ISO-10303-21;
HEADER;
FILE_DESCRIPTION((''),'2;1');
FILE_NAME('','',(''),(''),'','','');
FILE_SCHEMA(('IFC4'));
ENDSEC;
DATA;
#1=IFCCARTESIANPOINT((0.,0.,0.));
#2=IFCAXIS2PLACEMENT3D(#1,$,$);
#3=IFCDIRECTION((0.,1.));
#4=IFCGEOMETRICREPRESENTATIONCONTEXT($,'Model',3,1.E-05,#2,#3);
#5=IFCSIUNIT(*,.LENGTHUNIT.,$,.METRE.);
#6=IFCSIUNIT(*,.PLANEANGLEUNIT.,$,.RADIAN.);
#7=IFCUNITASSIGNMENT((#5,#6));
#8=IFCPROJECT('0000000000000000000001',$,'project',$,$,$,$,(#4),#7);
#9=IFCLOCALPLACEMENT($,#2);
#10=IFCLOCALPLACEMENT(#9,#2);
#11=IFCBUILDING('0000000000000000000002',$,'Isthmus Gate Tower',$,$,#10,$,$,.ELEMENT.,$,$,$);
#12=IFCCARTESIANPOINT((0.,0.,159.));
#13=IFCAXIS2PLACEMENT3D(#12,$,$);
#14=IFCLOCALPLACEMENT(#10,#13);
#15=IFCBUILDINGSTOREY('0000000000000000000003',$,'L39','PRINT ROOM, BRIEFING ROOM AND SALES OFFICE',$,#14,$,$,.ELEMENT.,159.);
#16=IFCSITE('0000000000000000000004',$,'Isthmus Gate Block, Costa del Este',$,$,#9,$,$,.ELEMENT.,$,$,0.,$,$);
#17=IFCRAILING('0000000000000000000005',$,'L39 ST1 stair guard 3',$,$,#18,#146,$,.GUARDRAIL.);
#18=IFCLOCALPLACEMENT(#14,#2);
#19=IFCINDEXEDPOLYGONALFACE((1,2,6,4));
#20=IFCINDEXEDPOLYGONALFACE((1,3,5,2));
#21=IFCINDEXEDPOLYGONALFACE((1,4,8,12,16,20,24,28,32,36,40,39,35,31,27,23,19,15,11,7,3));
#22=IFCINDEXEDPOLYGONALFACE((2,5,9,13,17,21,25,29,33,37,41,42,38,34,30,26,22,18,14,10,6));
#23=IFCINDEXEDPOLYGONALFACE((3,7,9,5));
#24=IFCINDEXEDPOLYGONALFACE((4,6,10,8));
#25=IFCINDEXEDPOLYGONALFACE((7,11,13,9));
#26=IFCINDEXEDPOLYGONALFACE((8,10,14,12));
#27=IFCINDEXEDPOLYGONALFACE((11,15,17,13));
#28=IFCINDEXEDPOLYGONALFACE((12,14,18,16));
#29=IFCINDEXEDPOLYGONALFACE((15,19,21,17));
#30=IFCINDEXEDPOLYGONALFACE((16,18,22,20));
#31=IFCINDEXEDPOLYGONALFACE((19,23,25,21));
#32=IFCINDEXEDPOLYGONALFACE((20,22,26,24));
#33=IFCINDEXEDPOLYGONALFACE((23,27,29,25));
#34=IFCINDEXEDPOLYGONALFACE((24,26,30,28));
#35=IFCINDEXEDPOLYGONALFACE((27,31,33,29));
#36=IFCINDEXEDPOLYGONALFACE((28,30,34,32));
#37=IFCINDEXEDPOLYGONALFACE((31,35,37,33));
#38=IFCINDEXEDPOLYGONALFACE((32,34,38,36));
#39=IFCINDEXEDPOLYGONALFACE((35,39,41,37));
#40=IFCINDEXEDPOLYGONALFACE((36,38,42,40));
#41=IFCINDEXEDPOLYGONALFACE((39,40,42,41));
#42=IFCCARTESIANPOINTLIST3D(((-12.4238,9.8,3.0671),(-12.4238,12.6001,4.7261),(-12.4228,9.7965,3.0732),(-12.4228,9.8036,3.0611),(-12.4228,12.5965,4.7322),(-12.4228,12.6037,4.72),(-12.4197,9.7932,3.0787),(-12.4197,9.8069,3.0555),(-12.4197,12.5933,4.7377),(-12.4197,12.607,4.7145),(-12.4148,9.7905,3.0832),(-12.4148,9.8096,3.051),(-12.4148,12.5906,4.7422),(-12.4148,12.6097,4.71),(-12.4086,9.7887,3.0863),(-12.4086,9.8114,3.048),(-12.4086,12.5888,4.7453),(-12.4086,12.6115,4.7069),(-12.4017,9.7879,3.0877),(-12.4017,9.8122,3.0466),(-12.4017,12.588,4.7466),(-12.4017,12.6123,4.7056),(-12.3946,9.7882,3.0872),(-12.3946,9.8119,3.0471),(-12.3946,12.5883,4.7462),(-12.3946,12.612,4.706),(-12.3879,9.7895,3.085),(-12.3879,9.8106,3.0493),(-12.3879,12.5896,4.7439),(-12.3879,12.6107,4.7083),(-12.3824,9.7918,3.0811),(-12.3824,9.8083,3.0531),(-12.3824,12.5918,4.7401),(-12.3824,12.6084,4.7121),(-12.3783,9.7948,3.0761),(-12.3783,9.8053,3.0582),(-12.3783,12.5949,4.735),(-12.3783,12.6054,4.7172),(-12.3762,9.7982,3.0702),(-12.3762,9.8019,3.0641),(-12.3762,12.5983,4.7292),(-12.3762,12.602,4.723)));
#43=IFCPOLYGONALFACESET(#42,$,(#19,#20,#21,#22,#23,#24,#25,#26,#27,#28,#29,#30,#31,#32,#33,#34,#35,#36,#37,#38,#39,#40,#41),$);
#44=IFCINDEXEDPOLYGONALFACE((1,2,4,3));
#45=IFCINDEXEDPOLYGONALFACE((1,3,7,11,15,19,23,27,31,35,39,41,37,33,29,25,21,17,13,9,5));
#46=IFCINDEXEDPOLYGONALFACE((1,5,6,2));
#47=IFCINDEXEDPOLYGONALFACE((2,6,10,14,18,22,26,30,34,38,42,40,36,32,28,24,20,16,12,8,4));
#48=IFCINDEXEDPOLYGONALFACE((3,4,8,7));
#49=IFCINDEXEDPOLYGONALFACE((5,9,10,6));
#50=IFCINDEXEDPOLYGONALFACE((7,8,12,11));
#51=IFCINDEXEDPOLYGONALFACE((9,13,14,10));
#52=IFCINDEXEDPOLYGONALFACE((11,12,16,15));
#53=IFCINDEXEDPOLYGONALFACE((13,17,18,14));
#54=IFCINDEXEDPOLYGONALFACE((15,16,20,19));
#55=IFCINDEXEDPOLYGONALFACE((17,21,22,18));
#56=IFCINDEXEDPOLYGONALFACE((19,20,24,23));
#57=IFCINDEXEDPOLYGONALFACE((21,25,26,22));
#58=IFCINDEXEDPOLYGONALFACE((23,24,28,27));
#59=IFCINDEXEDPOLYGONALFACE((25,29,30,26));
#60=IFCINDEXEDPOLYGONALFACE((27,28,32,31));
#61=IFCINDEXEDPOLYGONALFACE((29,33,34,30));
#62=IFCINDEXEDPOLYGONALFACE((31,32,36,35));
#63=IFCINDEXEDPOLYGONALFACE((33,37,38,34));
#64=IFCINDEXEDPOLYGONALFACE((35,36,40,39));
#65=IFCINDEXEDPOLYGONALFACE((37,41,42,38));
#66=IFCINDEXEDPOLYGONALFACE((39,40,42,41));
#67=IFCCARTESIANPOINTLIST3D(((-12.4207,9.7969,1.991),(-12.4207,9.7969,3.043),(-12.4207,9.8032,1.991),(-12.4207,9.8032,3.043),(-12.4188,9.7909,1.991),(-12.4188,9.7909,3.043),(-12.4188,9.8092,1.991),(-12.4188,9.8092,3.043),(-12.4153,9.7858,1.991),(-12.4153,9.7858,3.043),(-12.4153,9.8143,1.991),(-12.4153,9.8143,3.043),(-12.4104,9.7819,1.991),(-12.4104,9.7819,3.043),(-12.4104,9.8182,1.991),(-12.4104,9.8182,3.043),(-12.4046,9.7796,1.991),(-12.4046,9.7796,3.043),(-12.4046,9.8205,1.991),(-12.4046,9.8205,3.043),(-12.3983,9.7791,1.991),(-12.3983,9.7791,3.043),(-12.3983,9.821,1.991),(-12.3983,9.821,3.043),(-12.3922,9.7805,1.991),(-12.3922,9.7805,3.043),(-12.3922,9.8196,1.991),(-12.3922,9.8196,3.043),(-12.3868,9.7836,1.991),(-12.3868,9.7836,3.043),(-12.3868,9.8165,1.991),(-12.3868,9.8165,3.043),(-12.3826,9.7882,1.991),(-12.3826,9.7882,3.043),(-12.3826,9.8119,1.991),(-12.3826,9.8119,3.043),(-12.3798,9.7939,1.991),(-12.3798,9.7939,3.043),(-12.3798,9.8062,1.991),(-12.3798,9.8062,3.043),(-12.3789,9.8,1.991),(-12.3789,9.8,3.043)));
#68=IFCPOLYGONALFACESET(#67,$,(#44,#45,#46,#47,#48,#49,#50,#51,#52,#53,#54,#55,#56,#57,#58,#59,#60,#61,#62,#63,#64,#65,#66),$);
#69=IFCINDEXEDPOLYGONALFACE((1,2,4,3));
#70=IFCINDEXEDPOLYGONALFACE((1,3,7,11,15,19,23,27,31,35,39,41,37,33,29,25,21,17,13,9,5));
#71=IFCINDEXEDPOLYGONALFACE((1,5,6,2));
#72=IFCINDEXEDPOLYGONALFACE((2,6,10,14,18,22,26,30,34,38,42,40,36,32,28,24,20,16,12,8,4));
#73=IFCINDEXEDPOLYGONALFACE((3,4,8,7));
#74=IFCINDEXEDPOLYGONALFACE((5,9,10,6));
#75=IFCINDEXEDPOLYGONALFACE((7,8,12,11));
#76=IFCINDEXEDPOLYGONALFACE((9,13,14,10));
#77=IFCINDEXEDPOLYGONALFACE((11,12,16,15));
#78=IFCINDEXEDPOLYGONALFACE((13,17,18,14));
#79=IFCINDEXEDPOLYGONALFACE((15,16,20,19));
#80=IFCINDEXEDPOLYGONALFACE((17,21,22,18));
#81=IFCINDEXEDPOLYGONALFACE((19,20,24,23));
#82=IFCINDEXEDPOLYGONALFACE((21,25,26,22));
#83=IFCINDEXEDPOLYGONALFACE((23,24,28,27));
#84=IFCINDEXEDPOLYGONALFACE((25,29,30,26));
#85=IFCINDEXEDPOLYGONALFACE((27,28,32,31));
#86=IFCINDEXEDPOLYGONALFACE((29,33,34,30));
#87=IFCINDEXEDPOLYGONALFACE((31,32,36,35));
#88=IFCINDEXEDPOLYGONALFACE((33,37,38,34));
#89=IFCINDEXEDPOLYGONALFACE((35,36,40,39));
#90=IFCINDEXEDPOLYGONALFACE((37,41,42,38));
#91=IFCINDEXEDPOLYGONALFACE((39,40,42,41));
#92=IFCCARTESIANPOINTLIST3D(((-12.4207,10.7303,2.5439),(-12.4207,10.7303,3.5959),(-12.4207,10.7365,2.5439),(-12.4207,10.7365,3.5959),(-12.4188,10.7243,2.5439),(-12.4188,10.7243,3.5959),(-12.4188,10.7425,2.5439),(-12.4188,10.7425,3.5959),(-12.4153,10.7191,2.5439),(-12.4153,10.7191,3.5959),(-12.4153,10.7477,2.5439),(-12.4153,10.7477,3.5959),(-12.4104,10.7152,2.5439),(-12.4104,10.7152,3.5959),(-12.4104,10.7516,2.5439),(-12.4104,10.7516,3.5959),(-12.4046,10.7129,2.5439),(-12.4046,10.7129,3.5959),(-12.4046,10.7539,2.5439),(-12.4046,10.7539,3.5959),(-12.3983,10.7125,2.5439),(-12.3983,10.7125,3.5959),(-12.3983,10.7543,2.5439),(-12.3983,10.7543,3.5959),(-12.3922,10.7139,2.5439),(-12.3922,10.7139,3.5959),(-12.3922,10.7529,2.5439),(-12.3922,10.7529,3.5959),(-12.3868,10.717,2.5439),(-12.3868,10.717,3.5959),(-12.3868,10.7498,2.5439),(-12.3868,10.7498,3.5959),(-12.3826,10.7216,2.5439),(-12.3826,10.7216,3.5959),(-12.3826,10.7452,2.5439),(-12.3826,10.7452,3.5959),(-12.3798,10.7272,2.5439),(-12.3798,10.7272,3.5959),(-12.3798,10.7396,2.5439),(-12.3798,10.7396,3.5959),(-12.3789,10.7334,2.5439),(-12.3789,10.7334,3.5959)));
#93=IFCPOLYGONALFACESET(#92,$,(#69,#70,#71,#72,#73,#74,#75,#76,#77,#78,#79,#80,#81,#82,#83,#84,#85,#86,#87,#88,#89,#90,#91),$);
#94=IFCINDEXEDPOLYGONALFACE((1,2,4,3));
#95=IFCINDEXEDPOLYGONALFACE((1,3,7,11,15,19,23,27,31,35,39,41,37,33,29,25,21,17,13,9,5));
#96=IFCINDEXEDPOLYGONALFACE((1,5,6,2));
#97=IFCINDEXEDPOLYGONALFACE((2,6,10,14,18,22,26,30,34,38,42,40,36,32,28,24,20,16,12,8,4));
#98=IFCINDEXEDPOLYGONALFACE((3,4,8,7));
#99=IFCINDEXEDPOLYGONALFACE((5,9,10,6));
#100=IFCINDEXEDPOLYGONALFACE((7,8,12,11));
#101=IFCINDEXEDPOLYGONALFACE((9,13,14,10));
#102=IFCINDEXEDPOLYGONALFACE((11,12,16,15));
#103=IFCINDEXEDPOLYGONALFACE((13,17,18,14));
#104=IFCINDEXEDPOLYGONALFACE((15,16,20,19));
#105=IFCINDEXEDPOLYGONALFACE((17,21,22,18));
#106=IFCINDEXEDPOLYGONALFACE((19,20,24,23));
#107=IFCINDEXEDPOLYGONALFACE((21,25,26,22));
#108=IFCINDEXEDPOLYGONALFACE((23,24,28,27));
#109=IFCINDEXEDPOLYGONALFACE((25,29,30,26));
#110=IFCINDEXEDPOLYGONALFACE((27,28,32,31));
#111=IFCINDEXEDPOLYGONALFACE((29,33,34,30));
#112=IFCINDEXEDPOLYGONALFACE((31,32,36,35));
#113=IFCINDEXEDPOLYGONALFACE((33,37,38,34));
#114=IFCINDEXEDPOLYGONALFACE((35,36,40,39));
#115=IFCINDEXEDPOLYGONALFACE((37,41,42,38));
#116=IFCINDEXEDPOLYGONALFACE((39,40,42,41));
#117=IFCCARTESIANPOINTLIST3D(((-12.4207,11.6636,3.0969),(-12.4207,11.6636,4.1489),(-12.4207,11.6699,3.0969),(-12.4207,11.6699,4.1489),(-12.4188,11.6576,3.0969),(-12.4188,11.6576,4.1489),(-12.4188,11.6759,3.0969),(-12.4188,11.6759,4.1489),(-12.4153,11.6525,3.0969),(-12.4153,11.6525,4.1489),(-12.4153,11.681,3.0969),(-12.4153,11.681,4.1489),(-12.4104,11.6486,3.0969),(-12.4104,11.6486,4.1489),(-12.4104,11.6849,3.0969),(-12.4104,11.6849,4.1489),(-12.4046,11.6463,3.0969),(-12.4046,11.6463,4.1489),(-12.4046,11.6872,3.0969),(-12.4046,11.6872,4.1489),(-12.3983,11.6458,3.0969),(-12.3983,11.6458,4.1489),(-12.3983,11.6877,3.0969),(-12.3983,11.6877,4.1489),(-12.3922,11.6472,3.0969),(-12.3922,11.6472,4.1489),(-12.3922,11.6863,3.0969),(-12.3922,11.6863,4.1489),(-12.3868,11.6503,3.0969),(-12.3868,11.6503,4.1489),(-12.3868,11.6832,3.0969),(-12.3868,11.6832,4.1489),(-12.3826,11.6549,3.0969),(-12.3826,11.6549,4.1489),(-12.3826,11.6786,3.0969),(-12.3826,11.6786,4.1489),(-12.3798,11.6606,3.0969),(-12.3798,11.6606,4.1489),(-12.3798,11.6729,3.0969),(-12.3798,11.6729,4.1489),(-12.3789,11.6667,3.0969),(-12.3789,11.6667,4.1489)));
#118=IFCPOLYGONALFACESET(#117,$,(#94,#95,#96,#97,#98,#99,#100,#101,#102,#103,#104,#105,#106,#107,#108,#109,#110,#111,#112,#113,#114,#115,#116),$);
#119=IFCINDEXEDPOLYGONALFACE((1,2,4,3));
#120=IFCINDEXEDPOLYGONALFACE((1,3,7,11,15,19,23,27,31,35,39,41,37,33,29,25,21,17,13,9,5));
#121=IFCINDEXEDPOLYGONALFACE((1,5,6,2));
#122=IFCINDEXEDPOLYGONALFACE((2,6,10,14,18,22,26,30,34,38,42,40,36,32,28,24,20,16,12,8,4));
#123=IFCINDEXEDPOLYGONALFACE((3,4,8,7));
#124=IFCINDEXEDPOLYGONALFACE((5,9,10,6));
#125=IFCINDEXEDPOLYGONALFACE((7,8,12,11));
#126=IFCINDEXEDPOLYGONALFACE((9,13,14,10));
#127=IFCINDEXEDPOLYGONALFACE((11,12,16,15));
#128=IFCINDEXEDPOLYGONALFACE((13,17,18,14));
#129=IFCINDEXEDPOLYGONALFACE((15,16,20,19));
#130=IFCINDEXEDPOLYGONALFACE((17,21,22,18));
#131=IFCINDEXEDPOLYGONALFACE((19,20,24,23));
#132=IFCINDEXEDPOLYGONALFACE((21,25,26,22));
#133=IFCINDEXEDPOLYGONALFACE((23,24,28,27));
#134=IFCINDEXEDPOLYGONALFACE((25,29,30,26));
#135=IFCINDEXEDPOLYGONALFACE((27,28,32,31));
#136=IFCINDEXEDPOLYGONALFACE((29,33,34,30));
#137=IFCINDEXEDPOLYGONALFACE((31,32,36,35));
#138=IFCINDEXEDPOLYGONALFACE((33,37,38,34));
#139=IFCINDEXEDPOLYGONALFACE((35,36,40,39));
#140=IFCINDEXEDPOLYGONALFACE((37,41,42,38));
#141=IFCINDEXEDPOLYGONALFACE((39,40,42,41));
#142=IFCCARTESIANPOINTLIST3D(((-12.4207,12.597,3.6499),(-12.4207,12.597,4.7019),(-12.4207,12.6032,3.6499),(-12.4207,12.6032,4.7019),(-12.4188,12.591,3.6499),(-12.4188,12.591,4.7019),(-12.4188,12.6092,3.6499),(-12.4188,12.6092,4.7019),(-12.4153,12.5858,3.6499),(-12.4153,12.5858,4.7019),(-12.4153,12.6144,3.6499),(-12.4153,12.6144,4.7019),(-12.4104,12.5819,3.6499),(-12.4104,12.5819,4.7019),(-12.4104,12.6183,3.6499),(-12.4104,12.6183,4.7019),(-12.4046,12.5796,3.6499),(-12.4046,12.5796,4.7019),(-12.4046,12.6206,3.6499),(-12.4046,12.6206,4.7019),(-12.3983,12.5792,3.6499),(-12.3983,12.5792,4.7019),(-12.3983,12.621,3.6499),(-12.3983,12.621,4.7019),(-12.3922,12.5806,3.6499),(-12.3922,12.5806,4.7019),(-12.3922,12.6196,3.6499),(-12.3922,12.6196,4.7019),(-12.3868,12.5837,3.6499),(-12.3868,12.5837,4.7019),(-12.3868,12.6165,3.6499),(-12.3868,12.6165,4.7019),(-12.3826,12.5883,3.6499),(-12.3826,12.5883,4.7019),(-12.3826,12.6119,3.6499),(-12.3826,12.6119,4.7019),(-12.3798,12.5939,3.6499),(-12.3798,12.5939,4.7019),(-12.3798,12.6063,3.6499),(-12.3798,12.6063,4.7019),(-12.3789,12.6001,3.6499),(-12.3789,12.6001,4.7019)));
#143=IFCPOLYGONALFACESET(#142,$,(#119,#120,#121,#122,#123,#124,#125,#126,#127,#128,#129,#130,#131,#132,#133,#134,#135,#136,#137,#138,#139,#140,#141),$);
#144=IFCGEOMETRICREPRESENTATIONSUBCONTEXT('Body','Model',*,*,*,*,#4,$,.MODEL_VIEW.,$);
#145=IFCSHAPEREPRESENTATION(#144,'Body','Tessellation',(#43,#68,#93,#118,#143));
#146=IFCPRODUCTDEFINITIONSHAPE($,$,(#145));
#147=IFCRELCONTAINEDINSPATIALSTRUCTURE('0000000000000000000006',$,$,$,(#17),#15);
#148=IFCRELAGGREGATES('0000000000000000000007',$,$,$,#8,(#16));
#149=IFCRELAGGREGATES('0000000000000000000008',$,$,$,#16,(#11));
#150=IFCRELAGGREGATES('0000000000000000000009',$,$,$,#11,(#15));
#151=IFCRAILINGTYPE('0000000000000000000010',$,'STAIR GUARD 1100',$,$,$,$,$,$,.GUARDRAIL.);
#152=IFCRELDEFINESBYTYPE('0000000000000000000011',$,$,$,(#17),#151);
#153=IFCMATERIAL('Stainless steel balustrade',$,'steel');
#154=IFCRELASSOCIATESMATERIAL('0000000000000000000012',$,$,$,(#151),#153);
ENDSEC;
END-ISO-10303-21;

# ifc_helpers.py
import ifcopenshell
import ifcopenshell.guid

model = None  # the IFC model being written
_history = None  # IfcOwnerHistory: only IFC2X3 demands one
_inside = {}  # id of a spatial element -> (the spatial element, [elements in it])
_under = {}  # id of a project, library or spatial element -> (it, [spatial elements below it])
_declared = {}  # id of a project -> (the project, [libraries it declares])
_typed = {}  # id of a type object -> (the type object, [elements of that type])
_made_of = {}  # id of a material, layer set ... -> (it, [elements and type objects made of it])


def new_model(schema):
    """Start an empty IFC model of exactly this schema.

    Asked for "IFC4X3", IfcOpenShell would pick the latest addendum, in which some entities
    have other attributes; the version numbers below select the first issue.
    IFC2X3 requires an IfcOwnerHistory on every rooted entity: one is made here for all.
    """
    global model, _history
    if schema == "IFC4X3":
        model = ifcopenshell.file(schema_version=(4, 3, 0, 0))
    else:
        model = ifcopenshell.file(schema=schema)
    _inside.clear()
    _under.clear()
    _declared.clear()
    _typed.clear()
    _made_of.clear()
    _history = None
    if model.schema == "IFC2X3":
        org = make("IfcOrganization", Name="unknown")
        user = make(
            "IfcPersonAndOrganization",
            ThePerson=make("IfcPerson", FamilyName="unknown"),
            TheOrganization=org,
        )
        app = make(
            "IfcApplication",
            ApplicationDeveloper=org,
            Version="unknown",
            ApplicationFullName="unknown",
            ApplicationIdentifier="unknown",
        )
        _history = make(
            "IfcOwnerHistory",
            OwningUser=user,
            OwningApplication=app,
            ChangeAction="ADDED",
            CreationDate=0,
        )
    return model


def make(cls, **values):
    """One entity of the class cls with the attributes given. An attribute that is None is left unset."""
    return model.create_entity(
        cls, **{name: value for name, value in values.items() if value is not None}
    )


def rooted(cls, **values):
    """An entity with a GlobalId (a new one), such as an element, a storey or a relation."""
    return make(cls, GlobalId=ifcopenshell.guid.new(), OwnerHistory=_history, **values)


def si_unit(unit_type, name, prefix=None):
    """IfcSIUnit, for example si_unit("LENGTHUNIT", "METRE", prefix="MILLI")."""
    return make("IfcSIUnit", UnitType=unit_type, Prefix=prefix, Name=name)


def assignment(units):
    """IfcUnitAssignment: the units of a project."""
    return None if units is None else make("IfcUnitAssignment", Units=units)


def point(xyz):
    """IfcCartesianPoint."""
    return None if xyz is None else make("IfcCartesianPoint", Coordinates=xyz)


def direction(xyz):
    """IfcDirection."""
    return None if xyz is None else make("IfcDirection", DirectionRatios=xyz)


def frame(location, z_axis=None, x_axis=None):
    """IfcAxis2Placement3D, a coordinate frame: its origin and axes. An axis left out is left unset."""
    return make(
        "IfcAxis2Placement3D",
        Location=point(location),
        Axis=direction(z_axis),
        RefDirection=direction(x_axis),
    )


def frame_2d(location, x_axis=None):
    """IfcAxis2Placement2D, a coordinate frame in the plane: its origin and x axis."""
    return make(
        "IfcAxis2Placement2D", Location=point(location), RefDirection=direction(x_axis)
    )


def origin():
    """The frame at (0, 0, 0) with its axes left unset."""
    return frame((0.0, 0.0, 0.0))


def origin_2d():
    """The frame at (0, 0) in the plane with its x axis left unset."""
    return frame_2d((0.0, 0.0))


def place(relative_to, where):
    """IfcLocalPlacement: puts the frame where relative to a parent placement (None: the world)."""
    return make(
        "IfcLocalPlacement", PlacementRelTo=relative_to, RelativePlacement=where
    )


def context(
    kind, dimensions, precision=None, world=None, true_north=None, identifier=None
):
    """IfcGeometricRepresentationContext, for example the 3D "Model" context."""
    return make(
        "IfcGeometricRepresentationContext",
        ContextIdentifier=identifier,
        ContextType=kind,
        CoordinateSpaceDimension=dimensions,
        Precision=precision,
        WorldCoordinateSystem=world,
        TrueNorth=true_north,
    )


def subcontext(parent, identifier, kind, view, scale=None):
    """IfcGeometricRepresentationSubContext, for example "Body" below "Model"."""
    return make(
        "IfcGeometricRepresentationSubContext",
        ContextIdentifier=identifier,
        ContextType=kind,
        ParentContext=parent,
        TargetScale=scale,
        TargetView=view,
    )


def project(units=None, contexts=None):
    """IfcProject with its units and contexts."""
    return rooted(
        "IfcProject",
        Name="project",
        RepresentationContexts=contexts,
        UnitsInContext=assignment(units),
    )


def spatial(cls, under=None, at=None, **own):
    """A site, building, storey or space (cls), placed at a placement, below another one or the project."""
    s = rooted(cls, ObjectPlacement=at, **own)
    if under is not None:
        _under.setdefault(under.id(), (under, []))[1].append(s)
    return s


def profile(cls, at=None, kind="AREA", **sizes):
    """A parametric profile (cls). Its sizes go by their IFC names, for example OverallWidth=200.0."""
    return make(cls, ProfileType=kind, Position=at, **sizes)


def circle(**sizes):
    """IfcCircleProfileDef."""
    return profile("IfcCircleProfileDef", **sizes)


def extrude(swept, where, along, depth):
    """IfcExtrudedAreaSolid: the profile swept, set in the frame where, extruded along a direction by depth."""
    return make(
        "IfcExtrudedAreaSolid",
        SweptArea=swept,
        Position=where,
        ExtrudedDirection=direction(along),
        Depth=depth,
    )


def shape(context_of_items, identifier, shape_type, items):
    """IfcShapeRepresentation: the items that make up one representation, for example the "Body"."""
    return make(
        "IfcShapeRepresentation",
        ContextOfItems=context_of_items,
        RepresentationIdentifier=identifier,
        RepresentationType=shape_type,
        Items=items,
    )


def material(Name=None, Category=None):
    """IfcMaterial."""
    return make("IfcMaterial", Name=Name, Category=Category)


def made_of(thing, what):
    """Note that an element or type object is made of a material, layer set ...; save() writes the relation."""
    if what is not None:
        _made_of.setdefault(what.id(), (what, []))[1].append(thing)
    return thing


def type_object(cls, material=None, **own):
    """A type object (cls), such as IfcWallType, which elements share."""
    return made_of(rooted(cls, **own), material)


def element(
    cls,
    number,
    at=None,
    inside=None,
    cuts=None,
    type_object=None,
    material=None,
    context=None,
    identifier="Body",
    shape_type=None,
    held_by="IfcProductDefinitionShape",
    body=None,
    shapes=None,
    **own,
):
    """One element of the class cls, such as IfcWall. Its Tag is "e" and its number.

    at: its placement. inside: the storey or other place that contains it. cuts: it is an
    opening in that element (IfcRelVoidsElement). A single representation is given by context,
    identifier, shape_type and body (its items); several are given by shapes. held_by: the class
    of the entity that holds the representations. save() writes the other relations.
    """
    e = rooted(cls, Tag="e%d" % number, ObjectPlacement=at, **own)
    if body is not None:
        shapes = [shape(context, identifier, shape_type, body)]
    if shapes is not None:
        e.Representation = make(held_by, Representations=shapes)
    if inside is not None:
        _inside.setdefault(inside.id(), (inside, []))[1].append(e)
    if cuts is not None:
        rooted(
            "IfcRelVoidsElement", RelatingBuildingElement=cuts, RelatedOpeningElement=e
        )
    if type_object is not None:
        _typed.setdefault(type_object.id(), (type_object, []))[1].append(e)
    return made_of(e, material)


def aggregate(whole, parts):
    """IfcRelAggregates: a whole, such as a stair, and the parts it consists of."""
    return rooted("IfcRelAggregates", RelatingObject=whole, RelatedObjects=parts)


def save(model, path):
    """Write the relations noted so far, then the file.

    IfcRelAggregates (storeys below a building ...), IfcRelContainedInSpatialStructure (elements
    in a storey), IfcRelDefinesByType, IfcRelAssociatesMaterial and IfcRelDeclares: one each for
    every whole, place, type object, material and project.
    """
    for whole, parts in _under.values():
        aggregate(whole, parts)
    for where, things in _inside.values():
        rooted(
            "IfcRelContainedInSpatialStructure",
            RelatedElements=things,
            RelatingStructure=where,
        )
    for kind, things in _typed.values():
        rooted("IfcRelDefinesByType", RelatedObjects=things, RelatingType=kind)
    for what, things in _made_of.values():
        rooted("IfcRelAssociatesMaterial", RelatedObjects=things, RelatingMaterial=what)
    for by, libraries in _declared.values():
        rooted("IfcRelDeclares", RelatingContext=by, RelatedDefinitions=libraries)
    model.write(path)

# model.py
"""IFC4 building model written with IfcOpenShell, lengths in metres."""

from ifc_helpers import new_model, si_unit, direction, frame, origin, origin_2d, place, context, subcontext, project, spatial, circle, extrude, material, type_object, element, save


model = new_model("IFC4")

# Units and contexts
model_context = context("Model", 3, precision=1e-05, world=origin(), true_north=direction((0.0, 1.0)))
body_context = subcontext(model_context, "Body", "Model", "MODEL_VIEW")
ifc_project = project(units=[si_unit("LENGTHUNIT", "METRE"), si_unit("PLANEANGLEUNIT", "RADIAN")], contexts=[model_context])

# Site, building, storey
site_placement = place(None, origin())
site = spatial("IfcSite", under=ifc_project, at=site_placement, Name="Isthmus Gate Block, Costa del Este", CompositionType="ELEMENT", RefElevation=0.0)
building_placement = place(site_placement, origin())
building = spatial("IfcBuilding", under=site, at=building_placement, Name="Isthmus Gate Tower", CompositionType="ELEMENT")
storey_placement = place(building_placement, frame((0.0, 0.0, 159.0)))
storey = spatial("IfcBuildingStorey", under=building, at=storey_placement, Name="L39", Description="PRINT ROOM, BRIEFING ROOM AND SALES OFFICE", CompositionType="ELEMENT", Elevation=159.0)

# Railing
ifc_material_1 = material(Name="Stainless steel balustrade", Category="steel")
railing_type_1 = type_object("IfcRailingType", Name="STAIR GUARD 1100", PredefinedType="GUARDRAIL", material=ifc_material_1)
for number, where, name in (
    (1, (-12.3999, 9.8, 1.991), "L39 ST1 stair guard 3"),
):
    element("IfcRailing", number, at=place(storey_placement, frame(where)), inside=storey, type_object=railing_type_1, Name=name, PredefinedType="GUARDRAIL", context=body_context, shape_type="SweptSolid", body=[
        extrude(circle(Radius=0.0239, at=origin_2d()), frame((0.0, 0.0, 1.0762), z_axis=(0.0, 0.860339, 0.509722), x_axis=(-1.0, 0.0, 0.0)), (0.0, 0.0, 1.0), 3.2546),
        extrude(circle(Radius=0.021, at=origin_2d()), origin(), (0.0, 0.0, 1.0), 1.052),
        extrude(circle(Radius=0.021, at=origin_2d()), frame((0.0, 0.9333, 0.553)), (0.0, 0.0, 1.0), 1.052),
        extrude(circle(Radius=0.021, at=origin_2d()), frame((0.0, 1.8667, 1.106)), (0.0, 0.0, 1.0), 1.052),
        extrude(circle(Radius=0.021, at=origin_2d()), frame((0.0, 2.8, 1.6589)), (0.0, 0.0, 1.0), 1.052),
    ])

save(model, "model.ifc")
